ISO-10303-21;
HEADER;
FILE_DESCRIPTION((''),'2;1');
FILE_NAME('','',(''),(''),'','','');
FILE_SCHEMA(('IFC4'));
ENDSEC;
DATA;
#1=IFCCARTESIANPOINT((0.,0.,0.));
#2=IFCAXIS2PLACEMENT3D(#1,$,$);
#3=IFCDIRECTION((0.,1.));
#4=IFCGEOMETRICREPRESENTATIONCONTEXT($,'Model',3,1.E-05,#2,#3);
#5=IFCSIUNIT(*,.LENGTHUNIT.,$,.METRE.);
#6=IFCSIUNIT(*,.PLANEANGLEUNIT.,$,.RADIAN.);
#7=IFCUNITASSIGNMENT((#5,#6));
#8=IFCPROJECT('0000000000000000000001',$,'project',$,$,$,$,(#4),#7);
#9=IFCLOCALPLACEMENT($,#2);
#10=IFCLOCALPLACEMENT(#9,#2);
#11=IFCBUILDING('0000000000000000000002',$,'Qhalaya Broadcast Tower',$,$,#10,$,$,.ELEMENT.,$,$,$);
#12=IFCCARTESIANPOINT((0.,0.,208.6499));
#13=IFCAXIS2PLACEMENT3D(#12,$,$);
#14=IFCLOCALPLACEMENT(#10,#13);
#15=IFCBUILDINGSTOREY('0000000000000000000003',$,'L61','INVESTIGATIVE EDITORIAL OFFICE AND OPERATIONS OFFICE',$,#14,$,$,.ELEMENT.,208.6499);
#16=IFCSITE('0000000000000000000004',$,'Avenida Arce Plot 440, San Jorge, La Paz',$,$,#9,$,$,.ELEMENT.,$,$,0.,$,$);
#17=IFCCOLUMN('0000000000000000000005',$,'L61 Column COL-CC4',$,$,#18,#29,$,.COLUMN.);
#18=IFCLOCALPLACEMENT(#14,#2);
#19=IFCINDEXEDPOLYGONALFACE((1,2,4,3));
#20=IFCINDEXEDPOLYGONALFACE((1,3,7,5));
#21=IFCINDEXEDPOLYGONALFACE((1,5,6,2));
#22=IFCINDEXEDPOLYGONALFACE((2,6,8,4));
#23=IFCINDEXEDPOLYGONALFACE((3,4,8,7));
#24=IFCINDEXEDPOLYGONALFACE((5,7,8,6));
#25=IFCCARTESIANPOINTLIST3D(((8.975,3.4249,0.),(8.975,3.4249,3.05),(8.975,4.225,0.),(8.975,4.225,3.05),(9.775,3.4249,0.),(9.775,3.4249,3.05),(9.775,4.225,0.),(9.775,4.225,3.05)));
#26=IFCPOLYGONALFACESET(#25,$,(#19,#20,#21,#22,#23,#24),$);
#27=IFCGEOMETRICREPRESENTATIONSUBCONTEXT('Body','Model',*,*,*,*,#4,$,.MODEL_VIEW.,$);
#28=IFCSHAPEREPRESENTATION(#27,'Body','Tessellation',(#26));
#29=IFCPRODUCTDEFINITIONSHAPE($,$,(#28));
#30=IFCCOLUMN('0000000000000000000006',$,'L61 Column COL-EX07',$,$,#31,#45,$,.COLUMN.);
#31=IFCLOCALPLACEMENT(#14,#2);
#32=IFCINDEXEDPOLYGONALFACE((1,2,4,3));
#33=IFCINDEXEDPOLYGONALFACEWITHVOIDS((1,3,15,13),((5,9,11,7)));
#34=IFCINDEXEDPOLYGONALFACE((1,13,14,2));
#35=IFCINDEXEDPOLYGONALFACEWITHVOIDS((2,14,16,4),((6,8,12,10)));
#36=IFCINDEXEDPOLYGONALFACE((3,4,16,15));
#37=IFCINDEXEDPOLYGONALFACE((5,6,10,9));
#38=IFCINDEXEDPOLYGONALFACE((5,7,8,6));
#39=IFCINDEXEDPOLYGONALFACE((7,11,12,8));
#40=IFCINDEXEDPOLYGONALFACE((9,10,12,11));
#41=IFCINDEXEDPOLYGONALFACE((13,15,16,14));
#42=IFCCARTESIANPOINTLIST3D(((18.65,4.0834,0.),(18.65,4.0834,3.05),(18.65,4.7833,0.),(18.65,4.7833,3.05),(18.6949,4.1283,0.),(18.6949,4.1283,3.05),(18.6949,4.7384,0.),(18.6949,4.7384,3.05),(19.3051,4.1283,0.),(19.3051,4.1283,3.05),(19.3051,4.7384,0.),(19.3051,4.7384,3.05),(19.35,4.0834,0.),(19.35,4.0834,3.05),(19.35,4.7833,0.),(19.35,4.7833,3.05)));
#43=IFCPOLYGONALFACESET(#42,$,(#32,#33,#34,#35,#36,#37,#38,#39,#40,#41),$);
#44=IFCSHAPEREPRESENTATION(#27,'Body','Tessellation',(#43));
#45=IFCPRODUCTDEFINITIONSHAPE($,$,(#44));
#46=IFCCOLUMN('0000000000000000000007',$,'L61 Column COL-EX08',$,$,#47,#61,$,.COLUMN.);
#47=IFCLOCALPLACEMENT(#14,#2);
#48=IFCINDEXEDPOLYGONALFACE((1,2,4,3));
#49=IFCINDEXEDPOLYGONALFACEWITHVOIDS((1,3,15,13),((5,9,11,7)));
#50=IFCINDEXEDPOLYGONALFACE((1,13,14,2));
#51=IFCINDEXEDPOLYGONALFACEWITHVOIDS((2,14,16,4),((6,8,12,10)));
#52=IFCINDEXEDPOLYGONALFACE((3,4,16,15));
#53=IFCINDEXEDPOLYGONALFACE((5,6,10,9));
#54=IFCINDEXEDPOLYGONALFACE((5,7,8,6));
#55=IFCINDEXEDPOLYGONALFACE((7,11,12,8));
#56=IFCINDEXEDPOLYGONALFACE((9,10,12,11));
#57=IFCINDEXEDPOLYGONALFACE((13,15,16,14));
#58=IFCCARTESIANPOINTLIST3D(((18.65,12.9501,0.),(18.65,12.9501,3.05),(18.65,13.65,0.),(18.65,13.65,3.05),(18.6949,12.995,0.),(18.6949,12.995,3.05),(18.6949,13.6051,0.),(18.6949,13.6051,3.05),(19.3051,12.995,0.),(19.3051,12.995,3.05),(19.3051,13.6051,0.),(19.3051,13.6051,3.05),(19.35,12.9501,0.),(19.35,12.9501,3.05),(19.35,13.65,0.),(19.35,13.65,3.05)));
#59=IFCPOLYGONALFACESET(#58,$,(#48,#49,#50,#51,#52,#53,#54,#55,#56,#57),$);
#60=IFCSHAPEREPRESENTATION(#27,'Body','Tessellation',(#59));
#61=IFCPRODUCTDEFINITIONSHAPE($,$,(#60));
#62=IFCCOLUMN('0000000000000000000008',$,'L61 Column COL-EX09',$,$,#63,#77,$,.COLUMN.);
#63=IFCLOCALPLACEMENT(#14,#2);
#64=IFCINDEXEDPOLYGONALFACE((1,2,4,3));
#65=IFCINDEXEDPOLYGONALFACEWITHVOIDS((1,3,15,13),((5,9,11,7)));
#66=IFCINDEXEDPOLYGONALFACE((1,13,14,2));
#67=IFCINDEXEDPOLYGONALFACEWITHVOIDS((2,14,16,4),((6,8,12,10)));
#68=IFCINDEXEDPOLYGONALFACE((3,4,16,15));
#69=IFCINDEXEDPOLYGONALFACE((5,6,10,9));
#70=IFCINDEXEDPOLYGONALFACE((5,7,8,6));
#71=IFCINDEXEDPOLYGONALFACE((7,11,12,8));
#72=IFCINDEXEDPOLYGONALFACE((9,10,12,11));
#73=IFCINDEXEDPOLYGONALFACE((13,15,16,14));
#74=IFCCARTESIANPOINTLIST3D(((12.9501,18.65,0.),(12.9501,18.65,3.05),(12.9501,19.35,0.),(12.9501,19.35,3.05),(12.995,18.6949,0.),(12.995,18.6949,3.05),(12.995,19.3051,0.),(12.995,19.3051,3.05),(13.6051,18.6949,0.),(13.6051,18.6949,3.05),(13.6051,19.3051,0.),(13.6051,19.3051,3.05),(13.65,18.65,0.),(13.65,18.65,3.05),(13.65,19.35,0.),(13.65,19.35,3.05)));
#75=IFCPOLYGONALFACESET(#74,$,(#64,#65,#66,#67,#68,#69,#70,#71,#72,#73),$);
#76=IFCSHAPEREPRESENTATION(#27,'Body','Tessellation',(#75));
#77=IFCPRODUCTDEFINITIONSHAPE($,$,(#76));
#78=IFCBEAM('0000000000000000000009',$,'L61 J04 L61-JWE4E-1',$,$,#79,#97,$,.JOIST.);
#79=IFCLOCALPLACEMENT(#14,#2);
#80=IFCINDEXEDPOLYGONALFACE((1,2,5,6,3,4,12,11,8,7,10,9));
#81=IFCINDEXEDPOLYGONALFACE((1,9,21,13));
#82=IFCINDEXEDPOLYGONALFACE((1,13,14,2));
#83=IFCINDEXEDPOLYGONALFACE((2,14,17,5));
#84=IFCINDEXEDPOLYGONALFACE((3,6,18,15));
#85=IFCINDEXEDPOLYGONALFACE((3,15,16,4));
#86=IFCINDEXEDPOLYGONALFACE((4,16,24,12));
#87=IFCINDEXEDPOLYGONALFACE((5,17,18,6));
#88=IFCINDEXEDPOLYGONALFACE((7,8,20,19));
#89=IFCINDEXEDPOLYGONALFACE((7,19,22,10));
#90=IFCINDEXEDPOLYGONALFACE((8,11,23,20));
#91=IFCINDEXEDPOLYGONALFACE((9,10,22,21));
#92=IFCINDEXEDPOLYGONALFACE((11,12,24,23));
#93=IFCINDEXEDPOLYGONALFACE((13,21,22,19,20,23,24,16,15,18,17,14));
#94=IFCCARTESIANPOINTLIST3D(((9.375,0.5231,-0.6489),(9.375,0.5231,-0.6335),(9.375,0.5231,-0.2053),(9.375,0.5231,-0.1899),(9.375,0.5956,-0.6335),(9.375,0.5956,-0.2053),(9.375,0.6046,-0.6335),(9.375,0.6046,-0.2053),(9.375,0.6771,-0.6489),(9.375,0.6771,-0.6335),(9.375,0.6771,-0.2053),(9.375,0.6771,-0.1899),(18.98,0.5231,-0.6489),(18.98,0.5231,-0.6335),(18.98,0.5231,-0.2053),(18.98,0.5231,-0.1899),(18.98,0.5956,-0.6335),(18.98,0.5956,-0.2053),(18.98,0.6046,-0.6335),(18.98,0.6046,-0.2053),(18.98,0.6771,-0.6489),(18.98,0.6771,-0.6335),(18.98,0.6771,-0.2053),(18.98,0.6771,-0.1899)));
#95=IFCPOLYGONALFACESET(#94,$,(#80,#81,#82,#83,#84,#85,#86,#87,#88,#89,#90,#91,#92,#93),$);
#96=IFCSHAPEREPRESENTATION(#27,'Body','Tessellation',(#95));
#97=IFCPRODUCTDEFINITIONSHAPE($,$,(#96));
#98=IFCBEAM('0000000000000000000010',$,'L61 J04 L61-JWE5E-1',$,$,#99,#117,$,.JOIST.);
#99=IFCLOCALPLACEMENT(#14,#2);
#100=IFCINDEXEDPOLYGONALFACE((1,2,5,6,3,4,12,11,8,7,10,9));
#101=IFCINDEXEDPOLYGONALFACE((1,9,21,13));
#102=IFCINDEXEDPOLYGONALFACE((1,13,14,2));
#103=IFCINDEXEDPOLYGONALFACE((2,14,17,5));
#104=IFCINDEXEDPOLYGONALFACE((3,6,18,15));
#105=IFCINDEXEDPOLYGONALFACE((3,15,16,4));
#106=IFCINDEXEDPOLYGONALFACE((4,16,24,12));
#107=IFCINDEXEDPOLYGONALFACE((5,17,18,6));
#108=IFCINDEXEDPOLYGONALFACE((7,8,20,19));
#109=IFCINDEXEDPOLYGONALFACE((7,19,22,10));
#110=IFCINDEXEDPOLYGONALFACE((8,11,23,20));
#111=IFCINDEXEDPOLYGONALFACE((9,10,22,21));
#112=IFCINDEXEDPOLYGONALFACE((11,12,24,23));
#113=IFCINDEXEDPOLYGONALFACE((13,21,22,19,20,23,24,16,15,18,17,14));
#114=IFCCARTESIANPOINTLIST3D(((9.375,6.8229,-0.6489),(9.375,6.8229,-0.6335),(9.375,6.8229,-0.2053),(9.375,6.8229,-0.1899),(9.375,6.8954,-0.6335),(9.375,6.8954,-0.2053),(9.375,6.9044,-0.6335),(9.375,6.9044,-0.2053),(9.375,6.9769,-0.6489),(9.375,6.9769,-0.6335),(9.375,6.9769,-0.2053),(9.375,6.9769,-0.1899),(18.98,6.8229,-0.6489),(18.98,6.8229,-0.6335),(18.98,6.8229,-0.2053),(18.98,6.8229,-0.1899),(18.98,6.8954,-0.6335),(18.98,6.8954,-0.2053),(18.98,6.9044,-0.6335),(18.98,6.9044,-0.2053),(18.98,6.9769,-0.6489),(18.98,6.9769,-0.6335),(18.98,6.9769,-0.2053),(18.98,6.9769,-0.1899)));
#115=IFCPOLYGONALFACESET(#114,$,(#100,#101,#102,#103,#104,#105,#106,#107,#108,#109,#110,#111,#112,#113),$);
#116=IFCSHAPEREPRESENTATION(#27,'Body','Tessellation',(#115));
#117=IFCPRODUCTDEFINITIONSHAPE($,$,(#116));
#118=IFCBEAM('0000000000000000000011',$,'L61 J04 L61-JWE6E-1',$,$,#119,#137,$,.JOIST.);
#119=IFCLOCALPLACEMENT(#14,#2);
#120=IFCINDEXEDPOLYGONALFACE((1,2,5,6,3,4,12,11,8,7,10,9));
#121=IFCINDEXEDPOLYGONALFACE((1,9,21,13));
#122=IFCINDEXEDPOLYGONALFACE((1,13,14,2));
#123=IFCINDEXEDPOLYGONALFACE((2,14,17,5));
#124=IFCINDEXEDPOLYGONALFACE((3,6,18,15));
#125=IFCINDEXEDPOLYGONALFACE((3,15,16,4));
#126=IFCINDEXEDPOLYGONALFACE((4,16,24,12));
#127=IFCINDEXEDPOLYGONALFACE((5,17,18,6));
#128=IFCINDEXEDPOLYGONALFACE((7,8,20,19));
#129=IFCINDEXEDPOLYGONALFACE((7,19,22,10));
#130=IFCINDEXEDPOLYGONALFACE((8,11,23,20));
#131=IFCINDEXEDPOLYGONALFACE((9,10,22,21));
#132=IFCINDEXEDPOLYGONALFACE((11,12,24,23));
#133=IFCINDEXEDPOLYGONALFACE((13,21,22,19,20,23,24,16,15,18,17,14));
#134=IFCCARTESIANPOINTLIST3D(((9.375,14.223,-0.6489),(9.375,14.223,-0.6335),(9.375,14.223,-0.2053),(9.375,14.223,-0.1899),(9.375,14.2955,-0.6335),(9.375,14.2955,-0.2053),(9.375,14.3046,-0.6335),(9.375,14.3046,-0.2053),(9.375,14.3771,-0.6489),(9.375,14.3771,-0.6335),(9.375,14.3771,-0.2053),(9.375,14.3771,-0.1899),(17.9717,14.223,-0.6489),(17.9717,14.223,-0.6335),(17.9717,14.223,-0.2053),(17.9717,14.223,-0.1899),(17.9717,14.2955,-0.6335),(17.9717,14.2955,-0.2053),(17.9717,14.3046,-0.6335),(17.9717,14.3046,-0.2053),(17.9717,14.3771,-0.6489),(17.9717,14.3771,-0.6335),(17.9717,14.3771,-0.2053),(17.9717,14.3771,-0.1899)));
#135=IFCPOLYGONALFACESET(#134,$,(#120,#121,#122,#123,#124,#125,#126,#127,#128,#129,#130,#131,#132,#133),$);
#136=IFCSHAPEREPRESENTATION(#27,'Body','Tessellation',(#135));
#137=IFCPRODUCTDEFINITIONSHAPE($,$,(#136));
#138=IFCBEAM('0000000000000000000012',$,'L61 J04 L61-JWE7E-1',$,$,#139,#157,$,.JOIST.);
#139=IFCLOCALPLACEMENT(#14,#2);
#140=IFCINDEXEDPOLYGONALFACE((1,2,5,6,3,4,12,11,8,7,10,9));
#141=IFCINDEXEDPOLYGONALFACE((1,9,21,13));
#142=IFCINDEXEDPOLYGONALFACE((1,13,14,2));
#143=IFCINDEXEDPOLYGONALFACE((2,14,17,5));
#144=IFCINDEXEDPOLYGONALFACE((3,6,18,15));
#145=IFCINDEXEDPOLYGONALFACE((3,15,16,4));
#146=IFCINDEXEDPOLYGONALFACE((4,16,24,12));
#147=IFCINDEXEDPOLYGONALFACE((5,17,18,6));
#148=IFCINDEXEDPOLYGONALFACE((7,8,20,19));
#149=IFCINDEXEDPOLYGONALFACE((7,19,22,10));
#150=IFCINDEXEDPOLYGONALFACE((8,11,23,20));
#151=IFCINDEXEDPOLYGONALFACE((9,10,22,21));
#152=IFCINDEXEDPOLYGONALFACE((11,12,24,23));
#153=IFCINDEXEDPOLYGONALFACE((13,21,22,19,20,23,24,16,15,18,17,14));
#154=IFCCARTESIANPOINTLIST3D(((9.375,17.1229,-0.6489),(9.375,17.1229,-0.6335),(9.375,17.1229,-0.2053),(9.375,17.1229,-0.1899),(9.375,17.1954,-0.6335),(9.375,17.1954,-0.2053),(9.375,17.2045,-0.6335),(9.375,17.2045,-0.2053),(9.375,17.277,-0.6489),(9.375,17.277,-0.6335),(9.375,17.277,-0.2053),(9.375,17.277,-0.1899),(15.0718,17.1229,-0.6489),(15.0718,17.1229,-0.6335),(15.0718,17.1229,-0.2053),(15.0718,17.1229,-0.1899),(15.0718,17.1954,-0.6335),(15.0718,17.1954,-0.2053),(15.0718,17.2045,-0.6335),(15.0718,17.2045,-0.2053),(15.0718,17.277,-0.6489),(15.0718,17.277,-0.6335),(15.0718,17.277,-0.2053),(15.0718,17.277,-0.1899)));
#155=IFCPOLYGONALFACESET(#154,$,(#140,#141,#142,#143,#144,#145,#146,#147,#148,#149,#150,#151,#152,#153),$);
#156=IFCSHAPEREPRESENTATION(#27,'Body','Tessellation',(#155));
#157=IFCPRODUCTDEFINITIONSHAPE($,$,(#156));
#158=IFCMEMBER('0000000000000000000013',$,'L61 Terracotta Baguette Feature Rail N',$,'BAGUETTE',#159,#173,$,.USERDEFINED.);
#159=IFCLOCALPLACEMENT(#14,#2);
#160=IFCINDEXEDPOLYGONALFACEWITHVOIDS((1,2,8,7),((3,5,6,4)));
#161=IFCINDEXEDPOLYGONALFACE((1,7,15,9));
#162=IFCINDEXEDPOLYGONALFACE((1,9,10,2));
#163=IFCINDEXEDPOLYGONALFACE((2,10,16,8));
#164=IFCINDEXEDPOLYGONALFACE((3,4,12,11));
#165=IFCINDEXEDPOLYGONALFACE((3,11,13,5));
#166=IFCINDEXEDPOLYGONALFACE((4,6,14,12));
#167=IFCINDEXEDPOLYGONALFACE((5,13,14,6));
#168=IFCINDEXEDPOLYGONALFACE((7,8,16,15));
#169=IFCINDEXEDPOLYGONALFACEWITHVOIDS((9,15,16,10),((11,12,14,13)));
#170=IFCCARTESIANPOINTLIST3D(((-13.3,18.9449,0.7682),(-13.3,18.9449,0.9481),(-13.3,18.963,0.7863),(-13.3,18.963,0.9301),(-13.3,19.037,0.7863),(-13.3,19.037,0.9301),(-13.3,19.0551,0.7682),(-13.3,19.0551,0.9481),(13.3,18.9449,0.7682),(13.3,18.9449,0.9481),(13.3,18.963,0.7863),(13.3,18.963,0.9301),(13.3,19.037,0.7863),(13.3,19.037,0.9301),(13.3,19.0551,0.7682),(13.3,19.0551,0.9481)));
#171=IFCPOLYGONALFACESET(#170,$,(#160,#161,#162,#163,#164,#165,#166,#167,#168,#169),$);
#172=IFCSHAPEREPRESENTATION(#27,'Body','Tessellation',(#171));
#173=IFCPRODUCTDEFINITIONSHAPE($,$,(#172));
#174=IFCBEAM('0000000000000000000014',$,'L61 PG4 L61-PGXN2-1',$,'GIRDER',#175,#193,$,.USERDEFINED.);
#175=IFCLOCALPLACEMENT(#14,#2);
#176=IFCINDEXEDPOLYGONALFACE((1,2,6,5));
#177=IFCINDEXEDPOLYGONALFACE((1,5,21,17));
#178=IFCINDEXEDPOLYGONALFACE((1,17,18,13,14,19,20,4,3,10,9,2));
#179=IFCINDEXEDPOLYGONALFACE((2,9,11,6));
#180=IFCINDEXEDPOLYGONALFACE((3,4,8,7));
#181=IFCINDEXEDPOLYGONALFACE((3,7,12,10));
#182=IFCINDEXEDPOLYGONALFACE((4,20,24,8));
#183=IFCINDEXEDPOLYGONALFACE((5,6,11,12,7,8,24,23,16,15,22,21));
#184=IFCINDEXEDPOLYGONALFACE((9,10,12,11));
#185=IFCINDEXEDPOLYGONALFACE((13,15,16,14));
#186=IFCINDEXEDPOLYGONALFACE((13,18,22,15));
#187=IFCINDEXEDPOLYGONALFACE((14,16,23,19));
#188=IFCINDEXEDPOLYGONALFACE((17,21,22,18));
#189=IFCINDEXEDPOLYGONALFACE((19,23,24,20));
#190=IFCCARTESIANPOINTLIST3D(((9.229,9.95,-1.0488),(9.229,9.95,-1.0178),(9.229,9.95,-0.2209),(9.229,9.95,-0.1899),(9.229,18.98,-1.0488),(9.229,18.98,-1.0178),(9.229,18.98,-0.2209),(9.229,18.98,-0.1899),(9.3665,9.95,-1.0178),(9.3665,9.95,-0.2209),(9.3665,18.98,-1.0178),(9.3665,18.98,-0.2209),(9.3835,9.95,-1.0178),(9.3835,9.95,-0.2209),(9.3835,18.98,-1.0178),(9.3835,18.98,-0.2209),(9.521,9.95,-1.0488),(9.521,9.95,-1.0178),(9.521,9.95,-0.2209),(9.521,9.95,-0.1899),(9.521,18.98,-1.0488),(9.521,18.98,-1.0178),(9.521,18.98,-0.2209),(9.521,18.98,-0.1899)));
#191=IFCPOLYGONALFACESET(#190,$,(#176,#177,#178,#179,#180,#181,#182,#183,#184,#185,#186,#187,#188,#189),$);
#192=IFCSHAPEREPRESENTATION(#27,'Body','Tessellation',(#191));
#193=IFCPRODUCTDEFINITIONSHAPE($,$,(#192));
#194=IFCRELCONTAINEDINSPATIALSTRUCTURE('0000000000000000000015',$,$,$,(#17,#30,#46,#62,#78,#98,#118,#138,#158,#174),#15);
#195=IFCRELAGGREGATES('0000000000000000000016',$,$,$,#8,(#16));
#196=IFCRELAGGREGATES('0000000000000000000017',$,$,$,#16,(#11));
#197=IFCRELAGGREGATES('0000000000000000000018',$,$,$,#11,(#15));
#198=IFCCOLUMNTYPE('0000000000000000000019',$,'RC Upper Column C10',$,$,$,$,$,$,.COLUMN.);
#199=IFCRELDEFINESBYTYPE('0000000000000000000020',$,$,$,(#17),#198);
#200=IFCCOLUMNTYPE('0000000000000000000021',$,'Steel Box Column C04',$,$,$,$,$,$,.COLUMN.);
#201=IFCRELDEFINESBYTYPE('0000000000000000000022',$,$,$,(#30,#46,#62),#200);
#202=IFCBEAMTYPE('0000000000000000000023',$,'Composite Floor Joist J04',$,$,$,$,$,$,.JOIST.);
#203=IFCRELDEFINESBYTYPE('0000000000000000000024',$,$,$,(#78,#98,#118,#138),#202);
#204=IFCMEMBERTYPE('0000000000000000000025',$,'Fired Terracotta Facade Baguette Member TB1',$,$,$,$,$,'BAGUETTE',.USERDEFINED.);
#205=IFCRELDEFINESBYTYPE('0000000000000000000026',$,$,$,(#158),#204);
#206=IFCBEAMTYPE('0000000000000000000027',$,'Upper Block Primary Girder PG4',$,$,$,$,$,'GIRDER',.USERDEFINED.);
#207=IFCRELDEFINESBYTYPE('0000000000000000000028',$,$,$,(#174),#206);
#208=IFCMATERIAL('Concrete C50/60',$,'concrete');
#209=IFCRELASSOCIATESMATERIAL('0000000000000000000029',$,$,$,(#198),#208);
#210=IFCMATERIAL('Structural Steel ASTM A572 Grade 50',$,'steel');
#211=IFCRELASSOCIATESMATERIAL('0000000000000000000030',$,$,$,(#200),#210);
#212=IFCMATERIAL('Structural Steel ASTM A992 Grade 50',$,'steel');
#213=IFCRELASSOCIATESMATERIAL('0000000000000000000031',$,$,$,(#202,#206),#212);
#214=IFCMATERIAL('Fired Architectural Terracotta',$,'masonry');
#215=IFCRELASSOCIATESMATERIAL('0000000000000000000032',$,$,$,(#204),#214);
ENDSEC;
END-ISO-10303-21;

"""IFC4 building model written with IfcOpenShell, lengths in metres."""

from ifc_helpers import new_model, si_unit, direction, frame, origin, origin_2d, place, context, subcontext, project, spatial, rectangle, hollow_rectangle, i_section, extrude, material, material_profile, profile_set, type_object, element, save


model = new_model("IFC4")

# Units and contexts
model_context = context("Model", 3, precision=1e-05, world=origin(), true_north=direction((0.0, 1.0)))
body_context = subcontext(model_context, "Body", "Model", "MODEL_VIEW")
ifc_project = project(units=[si_unit("LENGTHUNIT", "METRE"), si_unit("PLANEANGLEUNIT", "RADIAN")], contexts=[model_context])

# Site, building, storey
site_placement = place(None, origin())
site = spatial("IfcSite", under=ifc_project, at=site_placement, Name="Avenida Arce Plot 440, San Jorge, La Paz", CompositionType="ELEMENT", RefElevation=0.0)
building_placement = place(site_placement, origin())
building = spatial("IfcBuilding", under=site, at=building_placement, Name="Qhalaya Broadcast Tower", CompositionType="ELEMENT")
storey_placement = place(building_placement, frame((0.0, 0.0, 208.6499)))
storey = spatial("IfcBuildingStorey", under=building, at=storey_placement, Name="L61", Description="INVESTIGATIVE EDITORIAL OFFICE AND OPERATIONS OFFICE", CompositionType="ELEMENT", Elevation=208.6499)

# Columns
ifc_material_1 = material(Name="Concrete C50/60", Category="concrete")
ifc_material_profile_1 = material_profile(ifc_material_1, rectangle(XDim=0.8, YDim=0.8, at=origin_2d()), Name="RC-COL 800x800")
ifc_profile_set_1 = profile_set([ifc_material_profile_1], Name="Concrete C50/60")
column_type_1 = type_object("IfcColumnType", Name="RC Upper Column C10", PredefinedType="COLUMN", material=ifc_profile_set_1)
column_placement = place(storey_placement, frame((9.375, 3.825, 0.0), z_axis=(0.0, 0.0, 1.0), x_axis=(1.0, 0.0, 0.0)))
element("IfcColumn", 1, at=column_placement, inside=storey, type_object=column_type_1, Name="L61 Column COL-CC4", PredefinedType="COLUMN", context=body_context, shape_type="SweptSolid", body=[
    extrude(rectangle(XDim=0.8, YDim=0.8, at=origin_2d()), origin(), (0.0, 0.0, 1.0), 3.05),
])
ifc_material_2 = material(Name="Structural Steel ASTM A572 Grade 50", Category="steel")
ifc_material_profile_2 = material_profile(ifc_material_2, hollow_rectangle(XDim=0.7, YDim=0.7, WallThickness=0.0449, at=origin_2d()), Name="BOX 700x700x45")
ifc_profile_set_2 = profile_set([ifc_material_profile_2], Name="Structural Steel ASTM A572 Grade 50")
column_type_2 = type_object("IfcColumnType", Name="Steel Box Column C04", PredefinedType="COLUMN", material=ifc_profile_set_2)
for number, where, z_axis, x_axis, name in (
    (2, (19.0, 4.4333, 0.0), (0.0, 0.0, 1.0), (0.0, 1.0, 0.0), "L61 Column COL-EX07"),
    (3, (19.0, 13.3, 0.0), (0.0, 0.0, 1.0), (0.0, 1.0, 0.0), "L61 Column COL-EX08"),
    (4, (13.3, 19.0, 0.0), (0.0, 0.0, 1.0), (1.0, 0.0, 0.0), "L61 Column COL-EX09"),
):
    element("IfcColumn", number, at=place(storey_placement, frame(where, z_axis=z_axis, x_axis=x_axis)), inside=storey, type_object=column_type_2, Name=name, PredefinedType="COLUMN", context=body_context, shape_type="SweptSolid", body=[
        extrude(hollow_rectangle(XDim=0.7, YDim=0.7, WallThickness=0.0449, at=origin_2d()), origin(), (0.0, 0.0, 1.0), 3.05),
    ])

# Beams
ifc_material_3 = material(Name="Structural Steel ASTM A992 Grade 50", Category="steel")
ifc_material_profile_3 = material_profile(ifc_material_3, i_section(OverallWidth=0.1541, OverallDepth=0.459, WebThickness=0.009, FlangeThickness=0.0154, at=origin_2d()), Name="W18X46")
ifc_profile_set_3 = profile_set([ifc_material_profile_3], Name="Structural Steel ASTM A992 Grade 50")
beam_type_1 = type_object("IfcBeamType", Name="Composite Floor Joist J04", PredefinedType="JOIST", material=ifc_profile_set_3)
for number, where, z_axis, x_axis, name in (
    (5, (9.375, 0.6001, -0.4194), (1.0, 0.0, 0.0), (0.0, 1.0, 0.0), "L61 J04 L61-JWE4E-1"),
    (6, (9.375, 6.8999, -0.4194), (1.0, 0.0, 0.0), (0.0, 1.0, 0.0), "L61 J04 L61-JWE5E-1"),
):
    element("IfcBeam", number, at=place(storey_placement, frame(where, z_axis=z_axis, x_axis=x_axis)), inside=storey, type_object=beam_type_1, Name=name, PredefinedType="JOIST", context=body_context, shape_type="SweptSolid", body=[
        extrude(i_section(OverallWidth=0.1541, OverallDepth=0.459, WebThickness=0.009, FlangeThickness=0.0154, at=origin_2d()), origin(), (0.0, 0.0, 1.0), 9.605),
    ])
beam_1_placement = place(storey_placement, frame((9.375, 14.3, -0.4194), z_axis=(1.0, 0.0, 0.0), x_axis=(0.0, 1.0, 0.0)))
element("IfcBeam", 7, at=beam_1_placement, inside=storey, type_object=beam_type_1, Name="L61 J04 L61-JWE6E-1", PredefinedType="JOIST", context=body_context, shape_type="SweptSolid", body=[
    extrude(i_section(OverallWidth=0.1541, OverallDepth=0.459, WebThickness=0.009, FlangeThickness=0.0154, at=origin_2d()), origin(), (0.0, 0.0, 1.0), 8.5967),
])
beam_2_placement = place(storey_placement, frame((9.375, 17.2, -0.4194), z_axis=(1.0, 0.0, 0.0), x_axis=(0.0, 1.0, 0.0)))
element("IfcBeam", 8, at=beam_2_placement, inside=storey, type_object=beam_type_1, Name="L61 J04 L61-JWE7E-1", PredefinedType="JOIST", context=body_context, shape_type="SweptSolid", body=[
    extrude(i_section(OverallWidth=0.1541, OverallDepth=0.459, WebThickness=0.009, FlangeThickness=0.0154, at=origin_2d()), origin(), (0.0, 0.0, 1.0), 5.6968),
])

# Member
ifc_material_4 = material(Name="Fired Architectural Terracotta", Category="masonry")
ifc_material_profile_4 = material_profile(ifc_material_4, hollow_rectangle(XDim=0.1101, YDim=0.1799, WallThickness=0.0181, at=origin_2d()), Name="TB-BAG 110x180x18")
ifc_profile_set_4 = profile_set([ifc_material_profile_4], Name="Fired Architectural Terracotta")
member_type = type_object("IfcMemberType", Name="Fired Terracotta Facade Baguette Member TB1", ElementType="BAGUETTE", PredefinedType="USERDEFINED", material=ifc_profile_set_4)
member_placement = place(storey_placement, frame((13.3, 19.0, 0.8582), z_axis=(-1.0, 0.0, 0.0), x_axis=(0.0, -1.0, 0.0)))
element("IfcMember", 9, at=member_placement, inside=storey, type_object=member_type, Name="L61 Terracotta Baguette Feature Rail N", ObjectType="BAGUETTE", PredefinedType="USERDEFINED", context=body_context, shape_type="SweptSolid", body=[
    extrude(hollow_rectangle(XDim=0.1101, YDim=0.1799, WallThickness=0.0181, at=origin_2d()), origin(), (0.0, 0.0, 1.0), 26.6001),
])

# Beam
ifc_material_profile_5 = material_profile(ifc_material_3, i_section(OverallWidth=0.292, OverallDepth=0.8589, WebThickness=0.0171, FlangeThickness=0.031, at=origin_2d()), Name="W33X169")
ifc_profile_set_5 = profile_set([ifc_material_profile_5], Name="Structural Steel ASTM A992 Grade 50")
beam_type_2 = type_object("IfcBeamType", Name="Upper Block Primary Girder PG4", ElementType="GIRDER", PredefinedType="USERDEFINED", material=ifc_profile_set_5)
beam_3_placement = place(storey_placement, frame((9.375, 9.95, -0.6194), z_axis=(0.0, 1.0, 0.0), x_axis=(-1.0, 0.0, 0.0)))
element("IfcBeam", 10, at=beam_3_placement, inside=storey, type_object=beam_type_2, Name="L61 PG4 L61-PGXN2-1", ObjectType="GIRDER", PredefinedType="USERDEFINED", context=body_context, shape_type="SweptSolid", body=[
    extrude(i_section(OverallWidth=0.292, OverallDepth=0.8589, WebThickness=0.0171, FlangeThickness=0.031, at=origin_2d()), origin(), (0.0, 0.0, 1.0), 9.03),
])

save(model, "model.ifc")
